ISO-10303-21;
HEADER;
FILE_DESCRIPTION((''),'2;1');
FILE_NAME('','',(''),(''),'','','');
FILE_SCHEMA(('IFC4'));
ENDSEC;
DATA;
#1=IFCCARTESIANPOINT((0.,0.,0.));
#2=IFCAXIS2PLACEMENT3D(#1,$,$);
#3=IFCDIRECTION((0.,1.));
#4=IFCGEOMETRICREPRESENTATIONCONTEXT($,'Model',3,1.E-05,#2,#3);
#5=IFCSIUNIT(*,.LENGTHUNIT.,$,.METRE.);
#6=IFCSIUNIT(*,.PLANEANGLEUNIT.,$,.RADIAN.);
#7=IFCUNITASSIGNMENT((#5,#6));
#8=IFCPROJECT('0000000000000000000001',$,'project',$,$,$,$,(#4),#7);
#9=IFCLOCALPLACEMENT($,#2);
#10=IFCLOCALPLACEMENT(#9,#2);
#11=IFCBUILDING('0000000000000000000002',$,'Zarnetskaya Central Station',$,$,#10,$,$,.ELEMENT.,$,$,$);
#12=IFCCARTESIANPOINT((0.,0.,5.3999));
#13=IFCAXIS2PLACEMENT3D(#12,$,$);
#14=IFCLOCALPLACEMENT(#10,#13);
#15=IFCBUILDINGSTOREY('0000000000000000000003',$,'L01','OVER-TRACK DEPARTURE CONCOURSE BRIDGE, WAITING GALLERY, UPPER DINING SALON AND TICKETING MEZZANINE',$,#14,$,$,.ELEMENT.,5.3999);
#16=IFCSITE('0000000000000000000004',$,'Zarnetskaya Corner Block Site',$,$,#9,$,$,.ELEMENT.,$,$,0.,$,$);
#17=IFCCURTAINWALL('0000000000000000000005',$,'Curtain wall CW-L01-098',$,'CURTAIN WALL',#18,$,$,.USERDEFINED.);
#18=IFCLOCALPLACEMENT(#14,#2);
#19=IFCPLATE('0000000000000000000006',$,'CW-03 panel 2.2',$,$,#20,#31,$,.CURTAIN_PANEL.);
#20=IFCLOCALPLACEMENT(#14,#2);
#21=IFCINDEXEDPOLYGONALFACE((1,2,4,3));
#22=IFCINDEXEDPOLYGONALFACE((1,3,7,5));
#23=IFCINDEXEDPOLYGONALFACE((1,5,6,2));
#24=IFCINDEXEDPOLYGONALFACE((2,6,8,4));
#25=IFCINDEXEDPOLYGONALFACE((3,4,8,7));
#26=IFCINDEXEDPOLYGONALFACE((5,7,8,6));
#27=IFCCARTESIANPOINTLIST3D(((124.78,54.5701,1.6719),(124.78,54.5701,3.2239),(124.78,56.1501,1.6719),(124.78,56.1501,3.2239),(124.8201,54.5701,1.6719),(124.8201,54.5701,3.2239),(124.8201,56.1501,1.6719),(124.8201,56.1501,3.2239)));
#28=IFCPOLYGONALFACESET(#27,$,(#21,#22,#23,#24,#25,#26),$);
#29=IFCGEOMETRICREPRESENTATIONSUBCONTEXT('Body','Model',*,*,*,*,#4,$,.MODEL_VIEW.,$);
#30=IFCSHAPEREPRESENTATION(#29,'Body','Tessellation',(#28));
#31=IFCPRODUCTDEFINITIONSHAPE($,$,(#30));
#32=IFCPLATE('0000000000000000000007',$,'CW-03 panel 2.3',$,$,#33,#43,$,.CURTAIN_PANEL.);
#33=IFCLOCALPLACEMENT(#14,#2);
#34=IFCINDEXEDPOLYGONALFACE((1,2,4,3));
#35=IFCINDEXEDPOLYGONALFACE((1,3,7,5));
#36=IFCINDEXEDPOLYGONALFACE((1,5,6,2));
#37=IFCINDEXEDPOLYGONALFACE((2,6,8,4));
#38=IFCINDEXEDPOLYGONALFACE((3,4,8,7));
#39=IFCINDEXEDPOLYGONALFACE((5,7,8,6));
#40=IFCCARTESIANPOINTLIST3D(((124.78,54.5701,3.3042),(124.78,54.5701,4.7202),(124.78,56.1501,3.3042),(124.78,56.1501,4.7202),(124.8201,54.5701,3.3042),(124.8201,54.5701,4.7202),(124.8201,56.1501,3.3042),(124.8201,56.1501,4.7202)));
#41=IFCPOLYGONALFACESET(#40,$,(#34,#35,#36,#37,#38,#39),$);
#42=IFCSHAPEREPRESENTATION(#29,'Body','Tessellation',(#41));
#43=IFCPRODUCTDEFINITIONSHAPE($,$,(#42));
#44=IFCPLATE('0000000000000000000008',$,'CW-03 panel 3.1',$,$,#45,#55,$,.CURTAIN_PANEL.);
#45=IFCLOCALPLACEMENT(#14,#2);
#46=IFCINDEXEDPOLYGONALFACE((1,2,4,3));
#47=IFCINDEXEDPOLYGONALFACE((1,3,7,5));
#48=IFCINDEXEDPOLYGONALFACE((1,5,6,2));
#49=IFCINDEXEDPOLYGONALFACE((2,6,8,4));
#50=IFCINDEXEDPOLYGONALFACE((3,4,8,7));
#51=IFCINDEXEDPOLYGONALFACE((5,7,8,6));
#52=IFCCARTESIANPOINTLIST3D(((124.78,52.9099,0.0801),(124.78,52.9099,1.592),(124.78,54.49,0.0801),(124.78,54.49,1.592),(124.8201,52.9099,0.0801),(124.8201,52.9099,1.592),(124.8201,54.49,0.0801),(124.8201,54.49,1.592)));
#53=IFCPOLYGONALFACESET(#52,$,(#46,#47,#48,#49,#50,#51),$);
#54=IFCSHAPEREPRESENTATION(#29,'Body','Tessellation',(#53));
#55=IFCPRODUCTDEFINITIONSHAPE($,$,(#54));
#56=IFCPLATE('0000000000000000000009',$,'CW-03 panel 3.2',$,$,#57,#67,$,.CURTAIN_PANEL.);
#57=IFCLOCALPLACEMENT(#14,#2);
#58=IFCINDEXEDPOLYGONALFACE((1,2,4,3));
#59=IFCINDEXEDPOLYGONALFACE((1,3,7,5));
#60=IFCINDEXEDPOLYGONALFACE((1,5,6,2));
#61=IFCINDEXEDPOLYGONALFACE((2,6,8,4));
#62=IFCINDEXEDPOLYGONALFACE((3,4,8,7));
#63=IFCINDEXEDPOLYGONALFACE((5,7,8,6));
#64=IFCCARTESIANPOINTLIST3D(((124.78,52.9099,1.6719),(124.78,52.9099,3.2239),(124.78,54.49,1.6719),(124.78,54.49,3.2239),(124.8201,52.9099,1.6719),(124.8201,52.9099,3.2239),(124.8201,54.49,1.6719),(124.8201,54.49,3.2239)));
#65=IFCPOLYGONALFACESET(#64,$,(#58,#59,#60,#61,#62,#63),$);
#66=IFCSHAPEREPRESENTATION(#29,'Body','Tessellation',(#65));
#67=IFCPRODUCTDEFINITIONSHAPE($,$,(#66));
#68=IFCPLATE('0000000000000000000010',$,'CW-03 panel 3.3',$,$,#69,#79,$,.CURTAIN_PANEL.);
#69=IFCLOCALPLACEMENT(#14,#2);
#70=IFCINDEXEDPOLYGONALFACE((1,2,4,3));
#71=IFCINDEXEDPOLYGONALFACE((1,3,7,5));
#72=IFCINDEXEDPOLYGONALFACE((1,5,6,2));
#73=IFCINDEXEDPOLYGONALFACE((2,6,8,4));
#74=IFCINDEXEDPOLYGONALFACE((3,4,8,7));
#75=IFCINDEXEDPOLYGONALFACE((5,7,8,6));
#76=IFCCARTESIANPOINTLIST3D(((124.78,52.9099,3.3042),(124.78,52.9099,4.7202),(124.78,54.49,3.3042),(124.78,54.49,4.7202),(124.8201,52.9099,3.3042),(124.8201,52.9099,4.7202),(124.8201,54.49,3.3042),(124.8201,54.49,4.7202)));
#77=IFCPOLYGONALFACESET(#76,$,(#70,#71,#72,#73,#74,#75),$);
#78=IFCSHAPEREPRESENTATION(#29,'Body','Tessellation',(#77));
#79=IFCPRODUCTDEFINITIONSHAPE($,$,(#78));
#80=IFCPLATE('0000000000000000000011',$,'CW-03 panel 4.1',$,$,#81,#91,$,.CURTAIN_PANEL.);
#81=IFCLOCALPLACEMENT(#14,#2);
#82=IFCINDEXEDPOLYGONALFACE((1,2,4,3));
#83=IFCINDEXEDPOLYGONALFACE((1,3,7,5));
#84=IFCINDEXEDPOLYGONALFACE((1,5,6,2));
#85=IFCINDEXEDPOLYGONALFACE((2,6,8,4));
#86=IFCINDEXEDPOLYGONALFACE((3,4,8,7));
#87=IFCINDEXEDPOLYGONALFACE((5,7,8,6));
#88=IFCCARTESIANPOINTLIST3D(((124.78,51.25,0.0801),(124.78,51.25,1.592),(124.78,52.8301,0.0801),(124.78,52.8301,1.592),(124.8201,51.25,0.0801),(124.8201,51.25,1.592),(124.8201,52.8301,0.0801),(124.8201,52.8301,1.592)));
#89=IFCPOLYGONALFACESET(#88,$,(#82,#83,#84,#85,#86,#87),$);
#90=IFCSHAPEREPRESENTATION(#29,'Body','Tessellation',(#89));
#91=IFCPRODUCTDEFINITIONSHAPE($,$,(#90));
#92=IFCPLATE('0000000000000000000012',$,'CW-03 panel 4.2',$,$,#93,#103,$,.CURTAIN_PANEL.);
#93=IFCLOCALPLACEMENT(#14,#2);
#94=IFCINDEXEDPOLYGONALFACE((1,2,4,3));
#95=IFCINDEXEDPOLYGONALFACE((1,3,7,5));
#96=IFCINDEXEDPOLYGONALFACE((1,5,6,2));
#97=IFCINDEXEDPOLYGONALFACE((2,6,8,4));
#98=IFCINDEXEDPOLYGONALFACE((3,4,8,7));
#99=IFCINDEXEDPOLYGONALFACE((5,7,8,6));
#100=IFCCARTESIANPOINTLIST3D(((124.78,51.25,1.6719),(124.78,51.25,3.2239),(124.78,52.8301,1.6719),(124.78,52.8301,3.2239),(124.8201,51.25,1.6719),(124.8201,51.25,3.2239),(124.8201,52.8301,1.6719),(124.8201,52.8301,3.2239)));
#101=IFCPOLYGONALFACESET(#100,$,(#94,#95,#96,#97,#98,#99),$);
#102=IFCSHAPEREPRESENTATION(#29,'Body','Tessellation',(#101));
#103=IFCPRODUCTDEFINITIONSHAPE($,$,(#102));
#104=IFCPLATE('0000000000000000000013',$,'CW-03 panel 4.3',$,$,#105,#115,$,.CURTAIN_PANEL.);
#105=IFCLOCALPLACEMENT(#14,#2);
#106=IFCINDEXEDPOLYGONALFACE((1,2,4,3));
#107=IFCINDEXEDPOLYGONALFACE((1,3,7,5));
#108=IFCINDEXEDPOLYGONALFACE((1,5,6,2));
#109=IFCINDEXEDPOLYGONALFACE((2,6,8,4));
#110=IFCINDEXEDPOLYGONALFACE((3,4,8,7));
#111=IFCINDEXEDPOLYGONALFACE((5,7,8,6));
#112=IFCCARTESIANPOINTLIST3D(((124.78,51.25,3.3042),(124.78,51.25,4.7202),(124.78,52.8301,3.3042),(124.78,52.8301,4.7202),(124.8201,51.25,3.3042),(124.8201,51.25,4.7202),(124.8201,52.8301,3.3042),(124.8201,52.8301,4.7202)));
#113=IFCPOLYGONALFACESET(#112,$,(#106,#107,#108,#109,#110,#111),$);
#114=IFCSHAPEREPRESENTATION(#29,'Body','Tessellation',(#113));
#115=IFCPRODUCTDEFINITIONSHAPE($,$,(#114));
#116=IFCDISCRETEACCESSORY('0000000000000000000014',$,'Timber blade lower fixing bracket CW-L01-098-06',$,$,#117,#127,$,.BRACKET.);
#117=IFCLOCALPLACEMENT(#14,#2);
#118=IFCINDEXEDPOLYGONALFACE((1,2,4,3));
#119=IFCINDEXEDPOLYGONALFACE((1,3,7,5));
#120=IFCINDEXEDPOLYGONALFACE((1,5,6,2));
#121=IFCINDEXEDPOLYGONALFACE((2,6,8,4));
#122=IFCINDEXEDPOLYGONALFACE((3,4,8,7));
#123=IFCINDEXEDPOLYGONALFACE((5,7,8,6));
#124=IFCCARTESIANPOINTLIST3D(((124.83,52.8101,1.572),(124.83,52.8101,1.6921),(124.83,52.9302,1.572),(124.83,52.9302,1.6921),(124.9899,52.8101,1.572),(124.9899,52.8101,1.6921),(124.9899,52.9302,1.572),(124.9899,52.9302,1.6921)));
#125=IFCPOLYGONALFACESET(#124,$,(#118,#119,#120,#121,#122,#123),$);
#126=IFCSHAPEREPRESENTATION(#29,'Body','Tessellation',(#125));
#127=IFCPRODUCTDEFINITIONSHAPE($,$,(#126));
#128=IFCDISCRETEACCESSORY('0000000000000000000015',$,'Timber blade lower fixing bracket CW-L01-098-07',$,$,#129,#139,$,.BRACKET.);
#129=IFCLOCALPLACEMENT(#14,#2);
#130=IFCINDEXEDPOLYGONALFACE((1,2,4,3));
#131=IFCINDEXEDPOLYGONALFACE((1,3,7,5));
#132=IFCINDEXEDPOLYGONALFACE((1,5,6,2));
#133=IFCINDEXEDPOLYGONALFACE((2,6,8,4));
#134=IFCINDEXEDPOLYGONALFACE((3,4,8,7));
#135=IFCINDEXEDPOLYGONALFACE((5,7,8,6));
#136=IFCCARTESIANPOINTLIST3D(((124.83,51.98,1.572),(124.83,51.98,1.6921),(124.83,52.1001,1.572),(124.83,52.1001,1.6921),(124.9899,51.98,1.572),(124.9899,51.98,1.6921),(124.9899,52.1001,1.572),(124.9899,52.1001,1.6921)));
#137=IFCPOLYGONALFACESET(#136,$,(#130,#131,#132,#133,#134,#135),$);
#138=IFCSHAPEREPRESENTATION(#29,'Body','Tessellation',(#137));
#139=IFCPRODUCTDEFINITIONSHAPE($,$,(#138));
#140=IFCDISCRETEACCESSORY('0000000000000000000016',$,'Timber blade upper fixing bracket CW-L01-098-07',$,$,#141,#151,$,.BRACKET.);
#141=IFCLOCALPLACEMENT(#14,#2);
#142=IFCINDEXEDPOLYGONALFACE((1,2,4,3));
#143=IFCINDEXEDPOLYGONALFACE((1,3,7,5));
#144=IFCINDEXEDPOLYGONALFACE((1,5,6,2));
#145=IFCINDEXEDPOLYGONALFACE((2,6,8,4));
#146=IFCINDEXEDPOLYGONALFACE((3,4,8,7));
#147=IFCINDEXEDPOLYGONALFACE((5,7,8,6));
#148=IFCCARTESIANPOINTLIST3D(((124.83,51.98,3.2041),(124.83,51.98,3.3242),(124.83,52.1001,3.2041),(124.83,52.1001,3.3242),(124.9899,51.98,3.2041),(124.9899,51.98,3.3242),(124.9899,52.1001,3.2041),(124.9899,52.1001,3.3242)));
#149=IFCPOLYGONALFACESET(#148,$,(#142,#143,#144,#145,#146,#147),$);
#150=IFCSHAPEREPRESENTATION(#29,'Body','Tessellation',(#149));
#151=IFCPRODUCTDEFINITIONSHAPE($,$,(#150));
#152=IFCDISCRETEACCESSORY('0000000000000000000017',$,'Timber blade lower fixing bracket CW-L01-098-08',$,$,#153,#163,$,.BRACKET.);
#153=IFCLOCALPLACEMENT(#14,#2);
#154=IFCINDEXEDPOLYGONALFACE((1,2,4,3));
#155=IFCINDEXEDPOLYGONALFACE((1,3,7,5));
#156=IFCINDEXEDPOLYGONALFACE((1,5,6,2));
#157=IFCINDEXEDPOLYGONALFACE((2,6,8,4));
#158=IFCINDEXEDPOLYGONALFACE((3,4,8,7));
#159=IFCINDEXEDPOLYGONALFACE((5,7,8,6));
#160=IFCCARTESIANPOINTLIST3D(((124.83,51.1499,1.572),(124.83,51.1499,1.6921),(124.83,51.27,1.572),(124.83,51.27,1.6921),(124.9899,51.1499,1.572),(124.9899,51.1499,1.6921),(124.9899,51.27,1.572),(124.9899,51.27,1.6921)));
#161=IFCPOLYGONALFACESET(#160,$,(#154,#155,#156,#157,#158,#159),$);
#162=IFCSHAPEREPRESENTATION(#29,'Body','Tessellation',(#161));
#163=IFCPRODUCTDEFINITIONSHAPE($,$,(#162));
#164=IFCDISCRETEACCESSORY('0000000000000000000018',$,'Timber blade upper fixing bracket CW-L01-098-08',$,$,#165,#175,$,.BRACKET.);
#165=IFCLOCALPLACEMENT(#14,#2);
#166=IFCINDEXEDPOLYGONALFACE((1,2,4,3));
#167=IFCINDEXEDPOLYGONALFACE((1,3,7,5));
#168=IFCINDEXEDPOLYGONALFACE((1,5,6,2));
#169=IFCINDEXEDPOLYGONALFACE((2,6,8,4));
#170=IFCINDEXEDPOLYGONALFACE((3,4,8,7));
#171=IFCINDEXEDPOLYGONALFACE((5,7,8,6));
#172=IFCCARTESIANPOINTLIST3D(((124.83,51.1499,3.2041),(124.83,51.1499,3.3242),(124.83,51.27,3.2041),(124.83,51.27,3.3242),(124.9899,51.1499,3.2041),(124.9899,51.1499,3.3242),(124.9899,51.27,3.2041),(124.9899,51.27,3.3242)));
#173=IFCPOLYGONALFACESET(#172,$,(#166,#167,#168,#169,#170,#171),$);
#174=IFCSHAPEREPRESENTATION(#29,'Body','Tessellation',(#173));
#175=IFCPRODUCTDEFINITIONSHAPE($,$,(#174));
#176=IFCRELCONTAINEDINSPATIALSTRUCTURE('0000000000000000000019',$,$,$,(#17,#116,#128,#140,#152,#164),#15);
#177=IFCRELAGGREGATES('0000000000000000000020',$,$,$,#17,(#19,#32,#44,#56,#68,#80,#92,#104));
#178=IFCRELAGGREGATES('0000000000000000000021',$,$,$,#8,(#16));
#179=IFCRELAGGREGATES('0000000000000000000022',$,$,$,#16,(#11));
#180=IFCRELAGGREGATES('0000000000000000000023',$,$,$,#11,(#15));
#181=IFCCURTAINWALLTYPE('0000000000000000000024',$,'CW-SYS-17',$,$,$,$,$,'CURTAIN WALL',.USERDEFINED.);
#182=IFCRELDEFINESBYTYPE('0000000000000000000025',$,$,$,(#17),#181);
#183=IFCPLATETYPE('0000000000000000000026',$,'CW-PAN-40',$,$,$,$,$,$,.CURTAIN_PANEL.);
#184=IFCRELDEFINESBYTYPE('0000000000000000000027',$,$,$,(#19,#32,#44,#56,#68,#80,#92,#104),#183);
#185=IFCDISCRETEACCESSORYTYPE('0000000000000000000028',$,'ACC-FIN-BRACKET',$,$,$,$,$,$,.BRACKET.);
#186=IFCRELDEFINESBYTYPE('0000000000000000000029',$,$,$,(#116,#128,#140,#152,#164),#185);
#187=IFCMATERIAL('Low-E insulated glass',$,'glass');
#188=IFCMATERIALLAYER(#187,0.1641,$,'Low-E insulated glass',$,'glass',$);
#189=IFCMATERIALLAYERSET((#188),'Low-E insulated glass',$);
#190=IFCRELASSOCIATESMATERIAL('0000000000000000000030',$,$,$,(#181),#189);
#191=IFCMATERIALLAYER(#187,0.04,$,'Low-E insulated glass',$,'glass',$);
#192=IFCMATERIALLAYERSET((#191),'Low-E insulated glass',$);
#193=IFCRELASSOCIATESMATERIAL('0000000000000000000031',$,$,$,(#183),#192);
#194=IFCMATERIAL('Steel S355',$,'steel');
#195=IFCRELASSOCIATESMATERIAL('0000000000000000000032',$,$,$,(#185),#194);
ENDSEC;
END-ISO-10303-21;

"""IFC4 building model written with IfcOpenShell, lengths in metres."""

from ifc_helpers import new_model, si_unit, direction, frame, origin, origin_2d, place, context, subcontext, project, spatial, rectangle, extrude, material, layer, layer_set, type_object, element, aggregate, save


model = new_model("IFC4")

# Units and contexts
model_context = context("Model", 3, precision=1e-05, world=origin(), true_north=direction((0.0, 1.0)))
body_context = subcontext(model_context, "Body", "Model", "MODEL_VIEW")
ifc_project = project(units=[si_unit("LENGTHUNIT", "METRE"), si_unit("PLANEANGLEUNIT", "RADIAN")], contexts=[model_context])

# Site, building, storey
site_placement = place(None, origin())
site = spatial("IfcSite", under=ifc_project, at=site_placement, Name="Zarnetskaya Corner Block Site", CompositionType="ELEMENT", RefElevation=0.0)
building_placement = place(site_placement, origin())
building = spatial("IfcBuilding", under=site, at=building_placement, Name="Zarnetskaya Central Station", CompositionType="ELEMENT")
storey_placement = place(building_placement, frame((0.0, 0.0, 5.3999)))
storey = spatial("IfcBuildingStorey", under=building, at=storey_placement, Name="L01", Description="OVER-TRACK DEPARTURE CONCOURSE BRIDGE, WAITING GALLERY, UPPER DINING SALON AND TICKETING MEZZANINE", CompositionType="ELEMENT", Elevation=5.3999)

# Shared definitions
ifc_material_1 = material(Name="Steel S355", Category="steel")

# Curtain wall, plates
ifc_material_2 = material(Name="Low-E insulated glass", Category="glass")
ifc_layer_1 = layer(ifc_material_2, 0.1641, Name="Low-E insulated glass", Category="glass")
ifc_layer_set_1 = layer_set([ifc_layer_1], Name="Low-E insulated glass")
curtain_wall_type = type_object("IfcCurtainWallType", Name="CW-SYS-17", ElementType="CURTAIN WALL", PredefinedType="USERDEFINED", material=ifc_layer_set_1)
curtain_wall_placement = place(storey_placement, origin())
curtain_wall = element("IfcCurtainWall", 1, at=curtain_wall_placement, inside=storey, type_object=curtain_wall_type, Name="Curtain wall CW-L01-098", ObjectType="CURTAIN WALL", PredefinedType="USERDEFINED")
ifc_layer_2 = layer(ifc_material_2, 0.04, Name="Low-E insulated glass", Category="glass")
ifc_layer_set_2 = layer_set([ifc_layer_2], Name="Low-E insulated glass")
plate_type = type_object("IfcPlateType", Name="CW-PAN-40", PredefinedType="CURTAIN_PANEL", material=ifc_layer_set_2)
plate_1_placement = place(storey_placement, frame((124.8, 55.3601, 1.6719), z_axis=(0.0, 0.0, 1.0), x_axis=(0.0, -1.0, 0.0)))
plate_1 = element("IfcPlate", 2, at=plate_1_placement, type_object=plate_type, Name="CW-03 panel 2.2", PredefinedType="CURTAIN_PANEL", context=body_context, shape_type="SweptSolid", body=[
    extrude(rectangle(XDim=1.5801, YDim=0.04, at=origin_2d()), origin(), (0.0, 0.0, 1.0), 1.552),
])
plate_2_placement = place(storey_placement, frame((124.8, 55.3601, 3.3042), z_axis=(0.0, 0.0, 1.0), x_axis=(0.0, -1.0, 0.0)))
plate_2 = element("IfcPlate", 3, at=plate_2_placement, type_object=plate_type, Name="CW-03 panel 2.3", PredefinedType="CURTAIN_PANEL", context=body_context, shape_type="SweptSolid", body=[
    extrude(rectangle(XDim=1.5801, YDim=0.04, at=origin_2d()), origin(), (0.0, 0.0, 1.0), 1.416),
])
plate_3_placement = place(storey_placement, frame((124.8, 53.7, 0.0801), z_axis=(0.0, 0.0, 1.0), x_axis=(0.0, -1.0, 0.0)))
plate_3 = element("IfcPlate", 4, at=plate_3_placement, type_object=plate_type, Name="CW-03 panel 3.1", PredefinedType="CURTAIN_PANEL", context=body_context, shape_type="SweptSolid", body=[
    extrude(rectangle(XDim=1.5801, YDim=0.04, at=origin_2d()), origin(), (0.0, 0.0, 1.0), 1.512),
])
plate_4_placement = place(storey_placement, frame((124.8, 53.7, 1.6719), z_axis=(0.0, 0.0, 1.0), x_axis=(0.0, -1.0, 0.0)))
plate_4 = element("IfcPlate", 5, at=plate_4_placement, type_object=plate_type, Name="CW-03 panel 3.2", PredefinedType="CURTAIN_PANEL", context=body_context, shape_type="SweptSolid", body=[
    extrude(rectangle(XDim=1.5801, YDim=0.04, at=origin_2d()), origin(), (0.0, 0.0, 1.0), 1.552),
])
plate_5_placement = place(storey_placement, frame((124.8, 53.7, 3.3042), z_axis=(0.0, 0.0, 1.0), x_axis=(0.0, -1.0, 0.0)))
plate_5 = element("IfcPlate", 6, at=plate_5_placement, type_object=plate_type, Name="CW-03 panel 3.3", PredefinedType="CURTAIN_PANEL", context=body_context, shape_type="SweptSolid", body=[
    extrude(rectangle(XDim=1.5801, YDim=0.04, at=origin_2d()), origin(), (0.0, 0.0, 1.0), 1.416),
])
plate_6_placement = place(storey_placement, frame((124.8, 52.04, 0.0801), z_axis=(0.0, 0.0, 1.0), x_axis=(0.0, -1.0, 0.0)))
plate_6 = element("IfcPlate", 7, at=plate_6_placement, type_object=plate_type, Name="CW-03 panel 4.1", PredefinedType="CURTAIN_PANEL", context=body_context, shape_type="SweptSolid", body=[
    extrude(rectangle(XDim=1.5801, YDim=0.04, at=origin_2d()), origin(), (0.0, 0.0, 1.0), 1.512),
])
plate_7_placement = place(storey_placement, frame((124.8, 52.04, 1.6719), z_axis=(0.0, 0.0, 1.0), x_axis=(0.0, -1.0, 0.0)))
plate_7 = element("IfcPlate", 8, at=plate_7_placement, type_object=plate_type, Name="CW-03 panel 4.2", PredefinedType="CURTAIN_PANEL", context=body_context, shape_type="SweptSolid", body=[
    extrude(rectangle(XDim=1.5801, YDim=0.04, at=origin_2d()), origin(), (0.0, 0.0, 1.0), 1.552),
])
plate_8_placement = place(storey_placement, frame((124.8, 52.04, 3.3042), z_axis=(0.0, 0.0, 1.0), x_axis=(0.0, -1.0, 0.0)))
plate_8 = element("IfcPlate", 9, at=plate_8_placement, type_object=plate_type, Name="CW-03 panel 4.3", PredefinedType="CURTAIN_PANEL", context=body_context, shape_type="SweptSolid", body=[
    extrude(rectangle(XDim=1.5801, YDim=0.04, at=origin_2d()), origin(), (0.0, 0.0, 1.0), 1.416),
])
aggregate(curtain_wall, [plate_1, plate_2, plate_3, plate_4, plate_5, plate_6, plate_7, plate_8])

# Discrete accessories
discrete_accessory_type = type_object("IfcDiscreteAccessoryType", Name="ACC-FIN-BRACKET", PredefinedType="BRACKET", material=ifc_material_1)
for number, where, z_axis, x_axis, name in (
    (10, (124.9099, 52.8701, 1.572), (0.0, 0.0, 1.0), (0.0, -1.0, 0.0), "Timber blade lower fixing bracket CW-L01-098-06"),
    (11, (124.9099, 52.04, 1.572), (0.0, 0.0, 1.0), (0.0, -1.0, 0.0), "Timber blade lower fixing bracket CW-L01-098-07"),
    (12, (124.9099, 52.04, 3.2041), (0.0, 0.0, 1.0), (0.0, -1.0, 0.0), "Timber blade upper fixing bracket CW-L01-098-07"),
    (13, (124.9099, 51.21, 1.572), (0.0, 0.0, 1.0), (0.0, -1.0, 0.0), "Timber blade lower fixing bracket CW-L01-098-08"),
    (14, (124.9099, 51.21, 3.2041), (0.0, 0.0, 1.0), (0.0, -1.0, 0.0), "Timber blade upper fixing bracket CW-L01-098-08"),
):
    element("IfcDiscreteAccessory", number, at=place(storey_placement, frame(where, z_axis=z_axis, x_axis=x_axis)), inside=storey, type_object=discrete_accessory_type, Name=name, PredefinedType="BRACKET", context=body_context, shape_type="SweptSolid", body=[
        extrude(rectangle(XDim=0.1201, YDim=0.1599, at=origin_2d()), origin(), (0.0, 0.0, 1.0), 0.1201),
    ])

save(model, "model.ifc")
